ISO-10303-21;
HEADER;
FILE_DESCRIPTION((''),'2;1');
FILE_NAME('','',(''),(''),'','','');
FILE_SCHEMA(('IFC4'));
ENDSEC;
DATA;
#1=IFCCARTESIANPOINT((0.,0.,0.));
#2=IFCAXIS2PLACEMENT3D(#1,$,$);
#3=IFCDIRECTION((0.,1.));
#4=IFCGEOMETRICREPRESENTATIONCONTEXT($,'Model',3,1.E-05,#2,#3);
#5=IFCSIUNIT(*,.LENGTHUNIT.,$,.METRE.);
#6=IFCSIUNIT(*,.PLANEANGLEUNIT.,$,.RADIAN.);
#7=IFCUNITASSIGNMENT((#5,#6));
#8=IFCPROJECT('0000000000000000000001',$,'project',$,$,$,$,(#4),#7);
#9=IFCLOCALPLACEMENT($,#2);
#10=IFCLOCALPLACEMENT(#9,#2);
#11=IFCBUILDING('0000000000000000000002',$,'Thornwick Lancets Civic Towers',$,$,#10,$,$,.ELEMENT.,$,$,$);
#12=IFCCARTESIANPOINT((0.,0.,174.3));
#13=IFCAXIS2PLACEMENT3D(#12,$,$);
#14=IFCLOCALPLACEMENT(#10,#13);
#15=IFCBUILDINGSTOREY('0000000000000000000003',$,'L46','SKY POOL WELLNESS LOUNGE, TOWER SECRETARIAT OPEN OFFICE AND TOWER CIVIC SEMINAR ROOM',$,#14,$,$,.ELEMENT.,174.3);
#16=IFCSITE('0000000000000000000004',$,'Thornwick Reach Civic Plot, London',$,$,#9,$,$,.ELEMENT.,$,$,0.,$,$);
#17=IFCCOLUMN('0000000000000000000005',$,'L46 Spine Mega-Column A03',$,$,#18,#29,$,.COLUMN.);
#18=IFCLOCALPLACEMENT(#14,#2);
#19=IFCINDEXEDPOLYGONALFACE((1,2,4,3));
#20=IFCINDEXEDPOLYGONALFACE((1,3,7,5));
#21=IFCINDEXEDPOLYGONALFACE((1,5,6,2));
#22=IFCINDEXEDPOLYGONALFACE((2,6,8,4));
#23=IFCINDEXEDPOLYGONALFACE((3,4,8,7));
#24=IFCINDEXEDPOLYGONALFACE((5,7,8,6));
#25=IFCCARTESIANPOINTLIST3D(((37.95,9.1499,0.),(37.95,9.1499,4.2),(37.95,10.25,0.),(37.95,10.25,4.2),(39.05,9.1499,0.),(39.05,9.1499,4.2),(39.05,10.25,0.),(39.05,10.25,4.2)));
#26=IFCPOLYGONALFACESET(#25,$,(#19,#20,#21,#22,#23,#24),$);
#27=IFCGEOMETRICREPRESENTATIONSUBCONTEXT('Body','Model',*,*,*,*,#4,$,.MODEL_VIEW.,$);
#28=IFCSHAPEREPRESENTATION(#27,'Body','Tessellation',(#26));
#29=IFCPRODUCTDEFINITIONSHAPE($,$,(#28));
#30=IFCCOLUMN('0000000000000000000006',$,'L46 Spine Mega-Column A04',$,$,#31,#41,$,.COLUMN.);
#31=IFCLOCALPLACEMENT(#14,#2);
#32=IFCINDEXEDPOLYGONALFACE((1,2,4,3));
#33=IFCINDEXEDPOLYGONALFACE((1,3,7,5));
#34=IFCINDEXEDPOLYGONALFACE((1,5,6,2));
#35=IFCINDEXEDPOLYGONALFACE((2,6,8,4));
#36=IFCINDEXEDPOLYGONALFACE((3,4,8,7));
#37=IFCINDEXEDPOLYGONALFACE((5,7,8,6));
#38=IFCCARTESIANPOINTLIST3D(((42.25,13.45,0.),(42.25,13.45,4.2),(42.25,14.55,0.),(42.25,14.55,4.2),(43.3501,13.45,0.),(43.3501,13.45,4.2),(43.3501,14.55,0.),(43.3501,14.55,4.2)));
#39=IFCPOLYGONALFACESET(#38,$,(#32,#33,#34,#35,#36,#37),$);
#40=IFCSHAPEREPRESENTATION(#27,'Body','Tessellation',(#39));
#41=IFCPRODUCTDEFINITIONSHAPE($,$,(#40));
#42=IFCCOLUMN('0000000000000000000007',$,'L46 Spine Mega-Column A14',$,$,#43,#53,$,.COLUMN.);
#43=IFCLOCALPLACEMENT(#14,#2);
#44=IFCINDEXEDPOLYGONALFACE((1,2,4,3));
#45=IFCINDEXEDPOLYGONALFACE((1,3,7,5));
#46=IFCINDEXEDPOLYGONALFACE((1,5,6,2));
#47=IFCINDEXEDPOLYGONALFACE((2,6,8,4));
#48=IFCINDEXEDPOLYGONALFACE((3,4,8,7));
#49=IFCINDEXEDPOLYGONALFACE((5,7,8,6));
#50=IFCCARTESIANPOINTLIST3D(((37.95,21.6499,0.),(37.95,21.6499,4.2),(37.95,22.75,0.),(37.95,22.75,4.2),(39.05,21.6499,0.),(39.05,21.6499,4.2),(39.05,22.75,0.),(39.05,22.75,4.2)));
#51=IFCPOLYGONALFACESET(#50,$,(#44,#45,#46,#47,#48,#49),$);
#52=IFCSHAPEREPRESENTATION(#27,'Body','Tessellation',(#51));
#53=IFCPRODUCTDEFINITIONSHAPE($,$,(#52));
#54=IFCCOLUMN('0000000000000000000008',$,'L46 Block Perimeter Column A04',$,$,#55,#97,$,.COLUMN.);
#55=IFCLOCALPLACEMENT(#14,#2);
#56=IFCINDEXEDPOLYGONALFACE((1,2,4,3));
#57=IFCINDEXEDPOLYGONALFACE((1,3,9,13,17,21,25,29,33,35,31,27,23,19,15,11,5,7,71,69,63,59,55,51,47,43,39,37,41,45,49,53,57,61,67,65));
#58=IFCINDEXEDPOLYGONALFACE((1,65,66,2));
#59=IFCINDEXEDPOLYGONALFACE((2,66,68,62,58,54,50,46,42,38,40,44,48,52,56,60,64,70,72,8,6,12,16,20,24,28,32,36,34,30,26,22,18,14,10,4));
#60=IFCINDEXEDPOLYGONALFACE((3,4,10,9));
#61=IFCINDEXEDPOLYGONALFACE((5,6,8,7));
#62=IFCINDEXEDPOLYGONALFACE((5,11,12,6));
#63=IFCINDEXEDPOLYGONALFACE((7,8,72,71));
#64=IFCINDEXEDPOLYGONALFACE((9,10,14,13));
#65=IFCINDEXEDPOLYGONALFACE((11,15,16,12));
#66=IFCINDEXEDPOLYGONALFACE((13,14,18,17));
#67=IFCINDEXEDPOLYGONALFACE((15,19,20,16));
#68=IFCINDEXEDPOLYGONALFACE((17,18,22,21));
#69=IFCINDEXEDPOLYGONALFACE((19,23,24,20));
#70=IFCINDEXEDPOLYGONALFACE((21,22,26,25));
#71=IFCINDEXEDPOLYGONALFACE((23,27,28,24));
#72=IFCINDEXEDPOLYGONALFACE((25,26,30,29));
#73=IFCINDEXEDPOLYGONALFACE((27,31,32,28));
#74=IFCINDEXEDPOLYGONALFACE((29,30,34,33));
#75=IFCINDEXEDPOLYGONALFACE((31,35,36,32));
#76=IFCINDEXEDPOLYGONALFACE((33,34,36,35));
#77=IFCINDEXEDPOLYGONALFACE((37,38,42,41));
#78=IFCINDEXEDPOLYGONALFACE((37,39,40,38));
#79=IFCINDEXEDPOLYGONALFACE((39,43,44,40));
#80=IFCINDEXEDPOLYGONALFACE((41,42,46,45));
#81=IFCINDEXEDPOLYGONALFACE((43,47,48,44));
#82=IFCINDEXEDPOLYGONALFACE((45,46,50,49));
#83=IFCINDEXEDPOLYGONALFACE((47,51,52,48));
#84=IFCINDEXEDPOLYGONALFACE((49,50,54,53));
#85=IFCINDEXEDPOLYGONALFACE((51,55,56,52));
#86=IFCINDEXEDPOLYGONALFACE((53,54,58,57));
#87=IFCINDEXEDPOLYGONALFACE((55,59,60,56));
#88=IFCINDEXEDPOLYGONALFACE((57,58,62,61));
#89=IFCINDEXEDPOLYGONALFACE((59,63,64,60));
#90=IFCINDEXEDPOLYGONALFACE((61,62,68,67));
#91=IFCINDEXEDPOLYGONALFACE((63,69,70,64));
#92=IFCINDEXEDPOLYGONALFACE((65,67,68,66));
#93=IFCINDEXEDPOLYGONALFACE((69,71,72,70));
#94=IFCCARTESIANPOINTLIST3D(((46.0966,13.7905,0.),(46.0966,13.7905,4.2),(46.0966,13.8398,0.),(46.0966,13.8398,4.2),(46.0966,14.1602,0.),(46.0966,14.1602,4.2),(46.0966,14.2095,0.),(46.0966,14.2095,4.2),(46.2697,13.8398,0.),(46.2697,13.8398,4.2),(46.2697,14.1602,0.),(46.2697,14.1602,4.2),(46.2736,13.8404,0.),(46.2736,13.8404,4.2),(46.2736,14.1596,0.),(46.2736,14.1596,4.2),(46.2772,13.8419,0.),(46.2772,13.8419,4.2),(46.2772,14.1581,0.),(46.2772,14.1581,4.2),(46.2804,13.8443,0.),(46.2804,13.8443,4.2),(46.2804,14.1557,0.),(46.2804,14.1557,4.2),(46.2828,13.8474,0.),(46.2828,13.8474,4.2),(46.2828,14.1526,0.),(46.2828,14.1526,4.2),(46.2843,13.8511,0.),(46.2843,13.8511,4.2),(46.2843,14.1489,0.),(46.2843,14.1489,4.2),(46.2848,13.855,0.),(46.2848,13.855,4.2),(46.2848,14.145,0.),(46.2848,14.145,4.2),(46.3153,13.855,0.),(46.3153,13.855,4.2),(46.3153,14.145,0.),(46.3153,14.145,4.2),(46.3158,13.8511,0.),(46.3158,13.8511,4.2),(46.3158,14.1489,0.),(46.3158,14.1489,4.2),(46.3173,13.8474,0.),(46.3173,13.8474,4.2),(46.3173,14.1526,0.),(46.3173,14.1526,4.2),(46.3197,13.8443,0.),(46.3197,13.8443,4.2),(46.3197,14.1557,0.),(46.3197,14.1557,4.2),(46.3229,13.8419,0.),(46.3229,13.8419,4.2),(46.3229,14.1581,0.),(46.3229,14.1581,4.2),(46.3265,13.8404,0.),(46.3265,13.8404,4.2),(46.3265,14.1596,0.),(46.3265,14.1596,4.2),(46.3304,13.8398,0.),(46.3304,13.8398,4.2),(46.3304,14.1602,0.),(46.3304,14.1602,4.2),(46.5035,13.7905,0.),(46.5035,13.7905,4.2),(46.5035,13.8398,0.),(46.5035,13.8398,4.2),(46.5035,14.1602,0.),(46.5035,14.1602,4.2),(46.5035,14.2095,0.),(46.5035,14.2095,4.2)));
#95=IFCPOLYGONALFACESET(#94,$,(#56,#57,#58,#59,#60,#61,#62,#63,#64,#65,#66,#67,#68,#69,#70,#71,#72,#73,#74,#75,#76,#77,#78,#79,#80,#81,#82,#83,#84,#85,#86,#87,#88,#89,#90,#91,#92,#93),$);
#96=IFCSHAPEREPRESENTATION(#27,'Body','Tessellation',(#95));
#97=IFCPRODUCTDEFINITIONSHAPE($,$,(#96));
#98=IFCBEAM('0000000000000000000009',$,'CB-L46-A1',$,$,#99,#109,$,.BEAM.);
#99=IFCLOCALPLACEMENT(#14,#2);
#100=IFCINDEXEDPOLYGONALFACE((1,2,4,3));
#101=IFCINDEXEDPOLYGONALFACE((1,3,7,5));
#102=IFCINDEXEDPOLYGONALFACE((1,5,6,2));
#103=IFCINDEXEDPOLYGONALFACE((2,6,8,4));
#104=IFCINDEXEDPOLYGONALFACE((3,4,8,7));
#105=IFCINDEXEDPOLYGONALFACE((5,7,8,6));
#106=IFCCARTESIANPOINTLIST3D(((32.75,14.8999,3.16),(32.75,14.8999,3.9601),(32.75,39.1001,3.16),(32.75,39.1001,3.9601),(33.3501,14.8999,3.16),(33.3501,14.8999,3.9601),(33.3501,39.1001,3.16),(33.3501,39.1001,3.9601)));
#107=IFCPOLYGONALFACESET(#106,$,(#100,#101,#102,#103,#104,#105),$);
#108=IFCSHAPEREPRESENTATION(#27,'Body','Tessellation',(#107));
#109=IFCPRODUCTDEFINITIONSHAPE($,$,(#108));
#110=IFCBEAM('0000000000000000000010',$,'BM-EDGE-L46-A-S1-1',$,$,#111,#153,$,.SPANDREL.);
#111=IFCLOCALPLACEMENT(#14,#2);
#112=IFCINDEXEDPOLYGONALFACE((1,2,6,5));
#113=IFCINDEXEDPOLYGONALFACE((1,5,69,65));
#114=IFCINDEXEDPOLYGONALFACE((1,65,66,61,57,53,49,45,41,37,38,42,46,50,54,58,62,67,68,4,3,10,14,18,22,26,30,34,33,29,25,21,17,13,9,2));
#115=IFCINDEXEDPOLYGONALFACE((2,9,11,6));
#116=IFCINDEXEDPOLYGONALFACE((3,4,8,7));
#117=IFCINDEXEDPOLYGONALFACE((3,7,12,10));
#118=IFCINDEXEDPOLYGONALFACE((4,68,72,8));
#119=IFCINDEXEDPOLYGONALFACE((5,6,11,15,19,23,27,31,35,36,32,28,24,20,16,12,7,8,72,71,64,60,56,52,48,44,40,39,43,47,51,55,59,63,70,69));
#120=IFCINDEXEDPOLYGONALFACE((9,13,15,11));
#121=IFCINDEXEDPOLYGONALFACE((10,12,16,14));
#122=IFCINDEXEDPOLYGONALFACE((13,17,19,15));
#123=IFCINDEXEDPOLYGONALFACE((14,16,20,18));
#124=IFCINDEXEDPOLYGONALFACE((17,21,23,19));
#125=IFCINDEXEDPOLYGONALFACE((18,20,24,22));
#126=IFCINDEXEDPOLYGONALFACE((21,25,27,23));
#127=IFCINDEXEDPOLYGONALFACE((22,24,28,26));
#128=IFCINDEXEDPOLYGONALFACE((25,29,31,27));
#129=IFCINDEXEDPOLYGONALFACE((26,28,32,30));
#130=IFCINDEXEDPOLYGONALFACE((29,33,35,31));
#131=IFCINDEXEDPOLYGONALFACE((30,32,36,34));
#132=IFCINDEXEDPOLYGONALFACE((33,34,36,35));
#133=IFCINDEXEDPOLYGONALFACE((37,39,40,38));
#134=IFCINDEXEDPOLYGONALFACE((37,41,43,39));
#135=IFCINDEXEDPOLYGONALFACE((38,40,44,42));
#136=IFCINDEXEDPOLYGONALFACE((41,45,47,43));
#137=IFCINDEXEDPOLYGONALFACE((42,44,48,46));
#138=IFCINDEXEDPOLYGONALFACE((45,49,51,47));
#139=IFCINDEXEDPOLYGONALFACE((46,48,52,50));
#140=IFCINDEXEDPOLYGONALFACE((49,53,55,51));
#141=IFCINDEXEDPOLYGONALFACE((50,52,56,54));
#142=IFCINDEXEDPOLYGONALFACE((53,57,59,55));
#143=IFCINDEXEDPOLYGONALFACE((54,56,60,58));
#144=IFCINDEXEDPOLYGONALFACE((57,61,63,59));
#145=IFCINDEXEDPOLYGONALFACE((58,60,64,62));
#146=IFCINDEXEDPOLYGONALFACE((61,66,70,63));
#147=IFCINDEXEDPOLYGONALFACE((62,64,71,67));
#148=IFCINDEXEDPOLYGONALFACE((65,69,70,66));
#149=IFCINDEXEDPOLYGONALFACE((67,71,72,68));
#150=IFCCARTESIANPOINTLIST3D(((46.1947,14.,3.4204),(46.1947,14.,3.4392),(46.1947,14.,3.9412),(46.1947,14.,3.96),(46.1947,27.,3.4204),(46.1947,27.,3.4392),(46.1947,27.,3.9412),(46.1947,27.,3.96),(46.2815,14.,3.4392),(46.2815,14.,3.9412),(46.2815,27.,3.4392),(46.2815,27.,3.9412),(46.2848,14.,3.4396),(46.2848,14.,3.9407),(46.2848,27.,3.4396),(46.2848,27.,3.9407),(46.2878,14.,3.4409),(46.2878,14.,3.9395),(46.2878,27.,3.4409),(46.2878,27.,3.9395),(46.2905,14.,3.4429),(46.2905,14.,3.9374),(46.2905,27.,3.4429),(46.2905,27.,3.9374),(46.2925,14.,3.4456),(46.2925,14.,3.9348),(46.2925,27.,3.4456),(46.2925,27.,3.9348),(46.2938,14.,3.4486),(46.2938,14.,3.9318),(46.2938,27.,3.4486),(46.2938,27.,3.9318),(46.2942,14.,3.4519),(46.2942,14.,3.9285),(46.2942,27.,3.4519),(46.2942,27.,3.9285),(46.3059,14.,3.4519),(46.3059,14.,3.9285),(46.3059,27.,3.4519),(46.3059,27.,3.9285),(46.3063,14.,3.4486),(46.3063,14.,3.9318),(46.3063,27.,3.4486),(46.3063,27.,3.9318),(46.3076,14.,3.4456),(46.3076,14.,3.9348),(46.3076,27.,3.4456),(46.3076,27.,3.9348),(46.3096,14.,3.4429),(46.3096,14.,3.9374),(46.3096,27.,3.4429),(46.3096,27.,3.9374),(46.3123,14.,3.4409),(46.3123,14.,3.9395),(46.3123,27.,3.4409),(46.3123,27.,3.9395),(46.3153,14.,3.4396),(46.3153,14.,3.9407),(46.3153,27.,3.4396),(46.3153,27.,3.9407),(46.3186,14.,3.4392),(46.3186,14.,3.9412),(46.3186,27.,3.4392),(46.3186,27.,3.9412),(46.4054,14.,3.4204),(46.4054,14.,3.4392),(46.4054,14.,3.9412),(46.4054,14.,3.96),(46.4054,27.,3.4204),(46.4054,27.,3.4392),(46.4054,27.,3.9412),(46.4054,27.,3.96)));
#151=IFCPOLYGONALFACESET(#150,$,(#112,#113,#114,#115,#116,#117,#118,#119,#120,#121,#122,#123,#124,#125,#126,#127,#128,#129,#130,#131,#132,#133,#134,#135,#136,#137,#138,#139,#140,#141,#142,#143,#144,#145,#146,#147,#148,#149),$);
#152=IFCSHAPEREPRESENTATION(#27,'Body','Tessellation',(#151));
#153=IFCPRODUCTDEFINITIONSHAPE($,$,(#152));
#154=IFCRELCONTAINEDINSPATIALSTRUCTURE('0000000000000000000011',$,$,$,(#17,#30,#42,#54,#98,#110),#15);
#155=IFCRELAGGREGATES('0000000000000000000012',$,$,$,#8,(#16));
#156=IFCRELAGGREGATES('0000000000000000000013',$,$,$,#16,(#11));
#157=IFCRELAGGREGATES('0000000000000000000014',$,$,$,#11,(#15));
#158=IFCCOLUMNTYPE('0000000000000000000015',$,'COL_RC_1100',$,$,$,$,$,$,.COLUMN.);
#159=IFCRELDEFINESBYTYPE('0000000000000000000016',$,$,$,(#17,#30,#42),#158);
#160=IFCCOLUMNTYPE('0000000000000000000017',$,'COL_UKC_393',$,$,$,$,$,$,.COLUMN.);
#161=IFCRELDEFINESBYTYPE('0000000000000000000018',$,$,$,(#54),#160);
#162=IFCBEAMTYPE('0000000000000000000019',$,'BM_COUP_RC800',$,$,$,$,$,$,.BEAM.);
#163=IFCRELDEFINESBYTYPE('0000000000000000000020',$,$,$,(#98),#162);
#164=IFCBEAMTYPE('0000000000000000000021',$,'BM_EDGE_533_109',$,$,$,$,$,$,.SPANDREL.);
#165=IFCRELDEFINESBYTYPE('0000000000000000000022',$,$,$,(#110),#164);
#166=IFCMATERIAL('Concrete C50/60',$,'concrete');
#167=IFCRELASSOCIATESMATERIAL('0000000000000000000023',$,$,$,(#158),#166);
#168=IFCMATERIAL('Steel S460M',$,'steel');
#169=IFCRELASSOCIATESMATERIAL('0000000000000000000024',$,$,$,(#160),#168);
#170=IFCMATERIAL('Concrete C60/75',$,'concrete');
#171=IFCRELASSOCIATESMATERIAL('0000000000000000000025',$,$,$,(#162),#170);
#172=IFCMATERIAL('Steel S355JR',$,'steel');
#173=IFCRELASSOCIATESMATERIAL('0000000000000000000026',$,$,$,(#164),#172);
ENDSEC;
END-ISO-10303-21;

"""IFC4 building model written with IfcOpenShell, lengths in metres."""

from ifc_helpers import new_model, si_unit, direction, frame, origin, origin_2d, place, context, subcontext, project, spatial, rectangle, i_section, extrude, material, material_profile, profile_set, type_object, element, save


model = new_model("IFC4")

# Units and contexts
model_context = context("Model", 3, precision=1e-05, world=origin(), true_north=direction((0.0, 1.0)))
body_context = subcontext(model_context, "Body", "Model", "MODEL_VIEW")
ifc_project = project(units=[si_unit("LENGTHUNIT", "METRE"), si_unit("PLANEANGLEUNIT", "RADIAN")], contexts=[model_context])

# Site, building, storey
site_placement = place(None, origin())
site = spatial("IfcSite", under=ifc_project, at=site_placement, Name="Thornwick Reach Civic Plot, London", CompositionType="ELEMENT", RefElevation=0.0)
building_placement = place(site_placement, origin())
building = spatial("IfcBuilding", under=site, at=building_placement, Name="Thornwick Lancets Civic Towers", CompositionType="ELEMENT")
storey_placement = place(building_placement, frame((0.0, 0.0, 174.3)))
storey = spatial("IfcBuildingStorey", under=building, at=storey_placement, Name="L46", Description="SKY POOL WELLNESS LOUNGE, TOWER SECRETARIAT OPEN OFFICE AND TOWER CIVIC SEMINAR ROOM", CompositionType="ELEMENT", Elevation=174.3)

# Columns
ifc_material_1 = material(Name="Concrete C50/60", Category="concrete")
ifc_material_profile_1 = material_profile(ifc_material_1, rectangle(XDim=1.1001, YDim=1.1001, at=origin_2d()), Name="RC 1100x1100")
ifc_profile_set_1 = profile_set([ifc_material_profile_1], Name="Concrete C50/60")
column_type_1 = type_object("IfcColumnType", Name="COL_RC_1100", PredefinedType="COLUMN", material=ifc_profile_set_1)
for number, where, z_axis, x_axis, name in (
    (1, (38.5, 9.7, 0.0), (0.0, 0.0, 1.0), (1.0, 0.0, 0.0), "L46 Spine Mega-Column A03"),
    (2, (42.8, 14.0, 0.0), (0.0, 0.0, 1.0), (1.0, 0.0, 0.0), "L46 Spine Mega-Column A04"),
    (3, (38.5, 22.2, 0.0), (0.0, 0.0, 1.0), (1.0, 0.0, 0.0), "L46 Spine Mega-Column A14"),
):
    element("IfcColumn", number, at=place(storey_placement, frame(where, z_axis=z_axis, x_axis=x_axis)), inside=storey, type_object=column_type_1, Name=name, PredefinedType="COLUMN", context=body_context, shape_type="SweptSolid", body=[
        extrude(rectangle(XDim=1.1001, YDim=1.1001, at=origin_2d()), origin(), (0.0, 0.0, 1.0), 4.2),
    ])
ifc_material_2 = material(Name="Steel S460M", Category="steel")
ifc_material_profile_2 = material_profile(ifc_material_2, i_section(OverallWidth=0.407, OverallDepth=0.4189, WebThickness=0.0305, FlangeThickness=0.0493, FilletRadius=0.0151, at=origin_2d()), Name="UKC 356x406x393")
ifc_profile_set_2 = profile_set([ifc_material_profile_2], Name="Steel S460M")
column_type_2 = type_object("IfcColumnType", Name="COL_UKC_393", PredefinedType="COLUMN", material=ifc_profile_set_2)
column_placement = place(storey_placement, frame((46.3, 14.0, 0.0), z_axis=(0.0, 0.0, 1.0), x_axis=(1.0, 0.0, 0.0)))
element("IfcColumn", 4, at=column_placement, inside=storey, type_object=column_type_2, Name="L46 Block Perimeter Column A04", PredefinedType="COLUMN", context=body_context, shape_type="SweptSolid", body=[
    extrude(i_section(OverallWidth=0.407, OverallDepth=0.4189, WebThickness=0.0305, FlangeThickness=0.0493, FilletRadius=0.0151, at=origin_2d()), origin(), (0.0, 0.0, 1.0), 4.2),
])

# Beams
ifc_material_3 = material(Name="Concrete C60/75", Category="concrete")
ifc_material_profile_3 = material_profile(ifc_material_3, rectangle(XDim=0.6001, YDim=0.8, at=origin_2d()), Name="RC 600x800")
ifc_profile_set_3 = profile_set([ifc_material_profile_3], Name="Concrete C60/75")
beam_type_1 = type_object("IfcBeamType", Name="BM_COUP_RC800", PredefinedType="BEAM", material=ifc_profile_set_3)
beam_1_placement = place(storey_placement, frame((33.05, 14.8999, 3.5601), z_axis=(0.0, 1.0, 0.0), x_axis=(-1.0, 0.0, 0.0)))
element("IfcBeam", 5, at=beam_1_placement, inside=storey, type_object=beam_type_1, Name="CB-L46-A1", PredefinedType="BEAM", context=body_context, shape_type="SweptSolid", body=[
    extrude(rectangle(XDim=0.6001, YDim=0.8, at=origin_2d()), origin(), (0.0, 0.0, 1.0), 24.2002),
])
ifc_material_4 = material(Name="Steel S355JR", Category="steel")
ifc_material_profile_4 = material_profile(ifc_material_4, i_section(OverallWidth=0.2107, OverallDepth=0.5396, WebThickness=0.0117, FlangeThickness=0.0188, FilletRadius=0.0127, at=origin_2d()), Name="UKB 533x210x109")
ifc_profile_set_4 = profile_set([ifc_material_profile_4], Name="Steel S355JR")
beam_type_2 = type_object("IfcBeamType", Name="BM_EDGE_533_109", PredefinedType="SPANDREL", material=ifc_profile_set_4)
beam_2_placement = place(storey_placement, frame((46.3, 14.0, 3.6902), z_axis=(0.0, 1.0, 0.0), x_axis=(-1.0, 0.0, 0.0)))
element("IfcBeam", 6, at=beam_2_placement, inside=storey, type_object=beam_type_2, Name="BM-EDGE-L46-A-S1-1", PredefinedType="SPANDREL", context=body_context, shape_type="SweptSolid", body=[
    extrude(i_section(OverallWidth=0.2107, OverallDepth=0.5396, WebThickness=0.0117, FlangeThickness=0.0188, FilletRadius=0.0127, at=origin_2d()), origin(), (0.0, 0.0, 1.0), 13.0),
])

save(model, "model.ifc")
